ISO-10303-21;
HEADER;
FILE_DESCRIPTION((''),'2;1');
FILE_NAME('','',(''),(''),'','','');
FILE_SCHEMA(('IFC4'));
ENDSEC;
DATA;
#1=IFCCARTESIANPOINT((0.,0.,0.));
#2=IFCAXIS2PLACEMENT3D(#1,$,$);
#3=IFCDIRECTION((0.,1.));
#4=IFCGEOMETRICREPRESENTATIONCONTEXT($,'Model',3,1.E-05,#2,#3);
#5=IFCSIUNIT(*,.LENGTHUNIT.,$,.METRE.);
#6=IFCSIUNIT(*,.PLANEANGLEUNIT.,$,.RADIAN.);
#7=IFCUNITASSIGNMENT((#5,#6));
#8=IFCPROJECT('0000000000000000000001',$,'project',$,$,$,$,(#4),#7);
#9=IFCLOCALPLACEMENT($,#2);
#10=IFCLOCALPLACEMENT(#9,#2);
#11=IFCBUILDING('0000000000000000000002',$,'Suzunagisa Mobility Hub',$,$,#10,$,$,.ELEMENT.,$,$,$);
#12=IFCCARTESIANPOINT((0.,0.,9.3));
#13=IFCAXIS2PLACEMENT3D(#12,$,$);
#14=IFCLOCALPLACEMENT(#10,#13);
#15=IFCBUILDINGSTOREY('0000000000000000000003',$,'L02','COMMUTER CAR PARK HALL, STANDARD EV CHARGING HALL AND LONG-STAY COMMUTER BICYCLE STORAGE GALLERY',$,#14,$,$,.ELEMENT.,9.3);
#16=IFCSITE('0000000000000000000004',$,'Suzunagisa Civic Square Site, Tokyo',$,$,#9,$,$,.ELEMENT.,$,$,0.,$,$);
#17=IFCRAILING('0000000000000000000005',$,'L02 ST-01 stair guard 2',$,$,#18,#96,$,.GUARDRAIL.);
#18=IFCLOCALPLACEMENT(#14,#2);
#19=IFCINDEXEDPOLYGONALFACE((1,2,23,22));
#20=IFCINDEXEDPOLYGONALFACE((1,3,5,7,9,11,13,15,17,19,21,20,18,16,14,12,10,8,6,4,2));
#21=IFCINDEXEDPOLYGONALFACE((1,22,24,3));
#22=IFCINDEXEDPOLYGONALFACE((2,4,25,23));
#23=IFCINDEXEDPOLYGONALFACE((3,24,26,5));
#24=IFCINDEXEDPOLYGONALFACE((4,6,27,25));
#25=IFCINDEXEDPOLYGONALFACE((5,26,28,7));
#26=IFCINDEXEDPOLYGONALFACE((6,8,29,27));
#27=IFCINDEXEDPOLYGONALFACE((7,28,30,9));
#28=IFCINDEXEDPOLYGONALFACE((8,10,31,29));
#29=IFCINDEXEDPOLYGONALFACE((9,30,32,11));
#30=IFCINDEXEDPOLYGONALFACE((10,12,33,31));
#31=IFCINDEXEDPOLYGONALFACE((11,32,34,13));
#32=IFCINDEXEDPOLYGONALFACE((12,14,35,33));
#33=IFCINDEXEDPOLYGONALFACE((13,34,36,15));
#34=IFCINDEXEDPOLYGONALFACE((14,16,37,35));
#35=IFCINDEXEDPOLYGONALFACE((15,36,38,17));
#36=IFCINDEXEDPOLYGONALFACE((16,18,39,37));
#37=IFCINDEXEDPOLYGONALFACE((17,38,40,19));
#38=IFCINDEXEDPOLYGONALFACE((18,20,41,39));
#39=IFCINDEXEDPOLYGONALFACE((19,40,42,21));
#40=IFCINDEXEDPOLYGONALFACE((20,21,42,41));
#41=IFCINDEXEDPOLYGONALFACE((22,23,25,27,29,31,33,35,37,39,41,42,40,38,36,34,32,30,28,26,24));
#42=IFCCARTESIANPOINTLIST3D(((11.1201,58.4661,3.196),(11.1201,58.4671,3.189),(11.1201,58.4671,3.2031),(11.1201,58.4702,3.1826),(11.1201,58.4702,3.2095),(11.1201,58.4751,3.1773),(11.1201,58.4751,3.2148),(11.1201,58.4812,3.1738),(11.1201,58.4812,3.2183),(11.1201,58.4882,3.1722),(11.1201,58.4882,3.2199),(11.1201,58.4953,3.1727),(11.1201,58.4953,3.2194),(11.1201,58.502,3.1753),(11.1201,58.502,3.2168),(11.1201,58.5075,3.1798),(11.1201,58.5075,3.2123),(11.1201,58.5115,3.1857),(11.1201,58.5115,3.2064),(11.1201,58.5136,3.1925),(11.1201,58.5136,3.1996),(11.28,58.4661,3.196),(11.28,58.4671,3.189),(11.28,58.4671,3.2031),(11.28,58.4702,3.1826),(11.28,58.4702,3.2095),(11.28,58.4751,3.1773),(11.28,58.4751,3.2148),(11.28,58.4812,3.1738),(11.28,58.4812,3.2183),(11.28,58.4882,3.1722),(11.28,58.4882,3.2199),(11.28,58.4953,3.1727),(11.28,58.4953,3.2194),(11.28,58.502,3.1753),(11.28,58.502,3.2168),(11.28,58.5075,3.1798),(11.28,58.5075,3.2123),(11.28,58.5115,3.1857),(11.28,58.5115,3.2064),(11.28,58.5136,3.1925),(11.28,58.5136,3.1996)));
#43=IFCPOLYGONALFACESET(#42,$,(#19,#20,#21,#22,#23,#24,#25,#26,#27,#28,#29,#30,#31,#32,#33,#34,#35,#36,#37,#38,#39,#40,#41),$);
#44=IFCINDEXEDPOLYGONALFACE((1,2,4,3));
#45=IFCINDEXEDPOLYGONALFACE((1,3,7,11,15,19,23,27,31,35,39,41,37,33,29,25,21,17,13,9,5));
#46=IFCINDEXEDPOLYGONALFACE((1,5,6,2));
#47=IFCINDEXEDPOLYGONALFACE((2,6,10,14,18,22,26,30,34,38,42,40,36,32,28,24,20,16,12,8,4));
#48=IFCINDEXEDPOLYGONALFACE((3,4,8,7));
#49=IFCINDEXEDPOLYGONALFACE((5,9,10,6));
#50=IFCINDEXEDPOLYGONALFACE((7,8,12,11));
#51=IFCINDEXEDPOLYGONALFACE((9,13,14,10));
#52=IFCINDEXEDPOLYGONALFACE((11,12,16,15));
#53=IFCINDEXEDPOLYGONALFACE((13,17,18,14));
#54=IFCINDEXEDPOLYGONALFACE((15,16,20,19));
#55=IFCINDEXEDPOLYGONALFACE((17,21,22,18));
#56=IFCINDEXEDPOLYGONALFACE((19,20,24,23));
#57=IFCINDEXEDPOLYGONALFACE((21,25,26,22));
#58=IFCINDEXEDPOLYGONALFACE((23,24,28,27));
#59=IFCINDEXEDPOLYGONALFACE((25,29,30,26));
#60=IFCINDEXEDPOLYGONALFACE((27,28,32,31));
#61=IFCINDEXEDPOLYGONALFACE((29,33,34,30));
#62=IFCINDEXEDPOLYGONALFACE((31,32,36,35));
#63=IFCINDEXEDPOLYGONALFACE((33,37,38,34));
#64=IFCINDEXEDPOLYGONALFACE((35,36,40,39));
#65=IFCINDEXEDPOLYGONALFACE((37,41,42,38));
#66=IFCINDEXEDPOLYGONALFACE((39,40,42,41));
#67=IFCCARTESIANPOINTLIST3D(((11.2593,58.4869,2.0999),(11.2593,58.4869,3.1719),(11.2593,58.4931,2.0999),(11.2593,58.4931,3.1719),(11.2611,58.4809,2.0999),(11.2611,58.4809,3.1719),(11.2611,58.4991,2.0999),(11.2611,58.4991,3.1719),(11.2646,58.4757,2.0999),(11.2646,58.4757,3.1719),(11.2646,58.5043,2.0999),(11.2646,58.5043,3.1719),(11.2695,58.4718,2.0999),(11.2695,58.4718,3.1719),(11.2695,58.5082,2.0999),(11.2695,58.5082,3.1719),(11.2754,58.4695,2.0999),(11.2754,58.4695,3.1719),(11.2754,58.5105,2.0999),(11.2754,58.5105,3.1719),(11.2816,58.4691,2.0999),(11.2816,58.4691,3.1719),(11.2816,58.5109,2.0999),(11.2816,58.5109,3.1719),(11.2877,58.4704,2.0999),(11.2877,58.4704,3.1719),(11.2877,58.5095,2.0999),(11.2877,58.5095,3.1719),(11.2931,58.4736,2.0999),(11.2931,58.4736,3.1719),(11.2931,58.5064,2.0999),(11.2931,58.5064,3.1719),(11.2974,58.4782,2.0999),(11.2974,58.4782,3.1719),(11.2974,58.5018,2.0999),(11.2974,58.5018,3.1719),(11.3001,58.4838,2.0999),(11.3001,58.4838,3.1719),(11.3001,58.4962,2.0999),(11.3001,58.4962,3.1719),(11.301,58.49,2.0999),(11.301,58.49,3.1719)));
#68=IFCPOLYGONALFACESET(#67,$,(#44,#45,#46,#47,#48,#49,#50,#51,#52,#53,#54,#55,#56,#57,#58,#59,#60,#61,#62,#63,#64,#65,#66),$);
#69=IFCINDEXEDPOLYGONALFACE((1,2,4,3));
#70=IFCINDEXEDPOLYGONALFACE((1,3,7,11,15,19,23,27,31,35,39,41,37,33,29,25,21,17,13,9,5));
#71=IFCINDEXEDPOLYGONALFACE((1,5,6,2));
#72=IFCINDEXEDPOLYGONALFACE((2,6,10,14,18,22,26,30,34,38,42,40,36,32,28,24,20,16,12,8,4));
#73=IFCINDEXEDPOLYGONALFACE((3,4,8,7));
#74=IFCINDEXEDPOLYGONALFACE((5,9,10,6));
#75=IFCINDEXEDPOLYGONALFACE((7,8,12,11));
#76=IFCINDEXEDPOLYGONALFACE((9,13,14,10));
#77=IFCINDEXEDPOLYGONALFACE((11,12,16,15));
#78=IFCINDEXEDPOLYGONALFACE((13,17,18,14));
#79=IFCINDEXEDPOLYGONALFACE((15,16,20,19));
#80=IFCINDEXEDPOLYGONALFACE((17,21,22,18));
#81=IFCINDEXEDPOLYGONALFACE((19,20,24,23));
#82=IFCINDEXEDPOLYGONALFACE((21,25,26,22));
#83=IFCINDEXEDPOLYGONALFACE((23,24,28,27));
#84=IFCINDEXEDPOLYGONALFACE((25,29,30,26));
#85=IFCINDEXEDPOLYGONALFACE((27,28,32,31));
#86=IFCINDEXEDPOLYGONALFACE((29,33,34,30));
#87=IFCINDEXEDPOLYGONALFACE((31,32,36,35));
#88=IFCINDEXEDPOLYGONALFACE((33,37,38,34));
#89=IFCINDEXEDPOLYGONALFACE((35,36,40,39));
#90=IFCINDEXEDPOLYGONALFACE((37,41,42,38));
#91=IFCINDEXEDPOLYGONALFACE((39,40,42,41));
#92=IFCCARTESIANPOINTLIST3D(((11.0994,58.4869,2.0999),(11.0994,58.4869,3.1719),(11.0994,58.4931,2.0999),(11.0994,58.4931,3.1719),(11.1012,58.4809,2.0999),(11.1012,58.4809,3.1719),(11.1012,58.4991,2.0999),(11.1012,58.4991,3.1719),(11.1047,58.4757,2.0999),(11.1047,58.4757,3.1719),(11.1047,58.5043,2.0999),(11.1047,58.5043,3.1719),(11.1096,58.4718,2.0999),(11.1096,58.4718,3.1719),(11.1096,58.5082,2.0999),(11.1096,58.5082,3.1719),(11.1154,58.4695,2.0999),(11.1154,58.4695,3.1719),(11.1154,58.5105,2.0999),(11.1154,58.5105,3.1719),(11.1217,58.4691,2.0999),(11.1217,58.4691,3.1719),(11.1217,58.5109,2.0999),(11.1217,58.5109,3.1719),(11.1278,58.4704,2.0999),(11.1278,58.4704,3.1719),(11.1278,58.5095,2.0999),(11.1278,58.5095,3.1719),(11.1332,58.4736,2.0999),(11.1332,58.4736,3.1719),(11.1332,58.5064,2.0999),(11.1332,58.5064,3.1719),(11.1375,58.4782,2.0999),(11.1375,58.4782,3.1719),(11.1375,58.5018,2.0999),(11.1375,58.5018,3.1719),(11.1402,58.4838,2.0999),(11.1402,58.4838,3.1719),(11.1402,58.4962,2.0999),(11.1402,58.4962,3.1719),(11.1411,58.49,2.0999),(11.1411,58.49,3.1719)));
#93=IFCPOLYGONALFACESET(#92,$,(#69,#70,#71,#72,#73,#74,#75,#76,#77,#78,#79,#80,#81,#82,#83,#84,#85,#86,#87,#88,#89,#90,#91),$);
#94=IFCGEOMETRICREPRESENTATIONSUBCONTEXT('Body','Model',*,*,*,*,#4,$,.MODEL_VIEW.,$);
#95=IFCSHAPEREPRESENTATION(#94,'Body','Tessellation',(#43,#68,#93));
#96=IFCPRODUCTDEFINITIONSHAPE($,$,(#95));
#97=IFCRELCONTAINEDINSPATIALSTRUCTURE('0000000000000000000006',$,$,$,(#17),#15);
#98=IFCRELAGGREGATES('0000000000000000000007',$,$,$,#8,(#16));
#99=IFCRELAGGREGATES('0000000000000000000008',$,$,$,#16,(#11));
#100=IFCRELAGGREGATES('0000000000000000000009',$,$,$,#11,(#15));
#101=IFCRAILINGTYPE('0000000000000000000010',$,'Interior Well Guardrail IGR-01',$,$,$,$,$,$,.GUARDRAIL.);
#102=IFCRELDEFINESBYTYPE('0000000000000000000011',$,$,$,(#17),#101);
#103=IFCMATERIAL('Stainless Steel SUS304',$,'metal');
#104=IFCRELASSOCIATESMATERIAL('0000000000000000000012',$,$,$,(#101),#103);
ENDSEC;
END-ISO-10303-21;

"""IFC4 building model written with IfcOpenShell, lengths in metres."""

from ifc_helpers import new_model, si_unit, direction, frame, origin, origin_2d, place, context, subcontext, project, spatial, circle, extrude, material, type_object, element, save


model = new_model("IFC4")

# Units and contexts
model_context = context("Model", 3, precision=1e-05, world=origin(), true_north=direction((0.0, 1.0)))
body_context = subcontext(model_context, "Body", "Model", "MODEL_VIEW")
ifc_project = project(units=[si_unit("LENGTHUNIT", "METRE"), si_unit("PLANEANGLEUNIT", "RADIAN")], contexts=[model_context])

# Site, building, storey
site_placement = place(None, origin())
site = spatial("IfcSite", under=ifc_project, at=site_placement, Name="Suzunagisa Civic Square Site, Tokyo", CompositionType="ELEMENT", RefElevation=0.0)
building_placement = place(site_placement, origin())
building = spatial("IfcBuilding", under=site, at=building_placement, Name="Suzunagisa Mobility Hub", CompositionType="ELEMENT")
storey_placement = place(building_placement, frame((0.0, 0.0, 9.3)))
storey = spatial("IfcBuildingStorey", under=building, at=storey_placement, Name="L02", Description="COMMUTER CAR PARK HALL, STANDARD EV CHARGING HALL AND LONG-STAY COMMUTER BICYCLE STORAGE GALLERY", CompositionType="ELEMENT", Elevation=9.3)

# Railing
ifc_material_1 = material(Name="Stainless Steel SUS304", Category="metal")
railing_type_1 = type_object("IfcRailingType", Name="Interior Well Guardrail IGR-01", PredefinedType="GUARDRAIL", material=ifc_material_1)
railing_1_placement = place(storey_placement, frame((11.28, 58.49, 2.0999)))
element("IfcRailing", 1, at=railing_1_placement, inside=storey, type_object=railing_type_1, Name="L02 ST-01 stair guard 2", PredefinedType="GUARDRAIL", context=body_context, shape_type="SweptSolid", body=[
    extrude(circle(Radius=0.0239, at=origin_2d()), frame((0.0, 0.0, 1.0962), z_axis=(-1.0, 0.0, 0.0), x_axis=(0.0, -1.0, 0.0)), (0.0, 0.0, 1.0), 0.1599),
    extrude(circle(Radius=0.021, at=origin_2d()), origin(), (0.0, 0.0, 1.0), 1.072),
    extrude(circle(Radius=0.021, at=origin_2d()), frame((-0.1599, 0.0, 0.0)), (0.0, 0.0, 1.0), 1.072),
])

save(model, "model.ifc")
